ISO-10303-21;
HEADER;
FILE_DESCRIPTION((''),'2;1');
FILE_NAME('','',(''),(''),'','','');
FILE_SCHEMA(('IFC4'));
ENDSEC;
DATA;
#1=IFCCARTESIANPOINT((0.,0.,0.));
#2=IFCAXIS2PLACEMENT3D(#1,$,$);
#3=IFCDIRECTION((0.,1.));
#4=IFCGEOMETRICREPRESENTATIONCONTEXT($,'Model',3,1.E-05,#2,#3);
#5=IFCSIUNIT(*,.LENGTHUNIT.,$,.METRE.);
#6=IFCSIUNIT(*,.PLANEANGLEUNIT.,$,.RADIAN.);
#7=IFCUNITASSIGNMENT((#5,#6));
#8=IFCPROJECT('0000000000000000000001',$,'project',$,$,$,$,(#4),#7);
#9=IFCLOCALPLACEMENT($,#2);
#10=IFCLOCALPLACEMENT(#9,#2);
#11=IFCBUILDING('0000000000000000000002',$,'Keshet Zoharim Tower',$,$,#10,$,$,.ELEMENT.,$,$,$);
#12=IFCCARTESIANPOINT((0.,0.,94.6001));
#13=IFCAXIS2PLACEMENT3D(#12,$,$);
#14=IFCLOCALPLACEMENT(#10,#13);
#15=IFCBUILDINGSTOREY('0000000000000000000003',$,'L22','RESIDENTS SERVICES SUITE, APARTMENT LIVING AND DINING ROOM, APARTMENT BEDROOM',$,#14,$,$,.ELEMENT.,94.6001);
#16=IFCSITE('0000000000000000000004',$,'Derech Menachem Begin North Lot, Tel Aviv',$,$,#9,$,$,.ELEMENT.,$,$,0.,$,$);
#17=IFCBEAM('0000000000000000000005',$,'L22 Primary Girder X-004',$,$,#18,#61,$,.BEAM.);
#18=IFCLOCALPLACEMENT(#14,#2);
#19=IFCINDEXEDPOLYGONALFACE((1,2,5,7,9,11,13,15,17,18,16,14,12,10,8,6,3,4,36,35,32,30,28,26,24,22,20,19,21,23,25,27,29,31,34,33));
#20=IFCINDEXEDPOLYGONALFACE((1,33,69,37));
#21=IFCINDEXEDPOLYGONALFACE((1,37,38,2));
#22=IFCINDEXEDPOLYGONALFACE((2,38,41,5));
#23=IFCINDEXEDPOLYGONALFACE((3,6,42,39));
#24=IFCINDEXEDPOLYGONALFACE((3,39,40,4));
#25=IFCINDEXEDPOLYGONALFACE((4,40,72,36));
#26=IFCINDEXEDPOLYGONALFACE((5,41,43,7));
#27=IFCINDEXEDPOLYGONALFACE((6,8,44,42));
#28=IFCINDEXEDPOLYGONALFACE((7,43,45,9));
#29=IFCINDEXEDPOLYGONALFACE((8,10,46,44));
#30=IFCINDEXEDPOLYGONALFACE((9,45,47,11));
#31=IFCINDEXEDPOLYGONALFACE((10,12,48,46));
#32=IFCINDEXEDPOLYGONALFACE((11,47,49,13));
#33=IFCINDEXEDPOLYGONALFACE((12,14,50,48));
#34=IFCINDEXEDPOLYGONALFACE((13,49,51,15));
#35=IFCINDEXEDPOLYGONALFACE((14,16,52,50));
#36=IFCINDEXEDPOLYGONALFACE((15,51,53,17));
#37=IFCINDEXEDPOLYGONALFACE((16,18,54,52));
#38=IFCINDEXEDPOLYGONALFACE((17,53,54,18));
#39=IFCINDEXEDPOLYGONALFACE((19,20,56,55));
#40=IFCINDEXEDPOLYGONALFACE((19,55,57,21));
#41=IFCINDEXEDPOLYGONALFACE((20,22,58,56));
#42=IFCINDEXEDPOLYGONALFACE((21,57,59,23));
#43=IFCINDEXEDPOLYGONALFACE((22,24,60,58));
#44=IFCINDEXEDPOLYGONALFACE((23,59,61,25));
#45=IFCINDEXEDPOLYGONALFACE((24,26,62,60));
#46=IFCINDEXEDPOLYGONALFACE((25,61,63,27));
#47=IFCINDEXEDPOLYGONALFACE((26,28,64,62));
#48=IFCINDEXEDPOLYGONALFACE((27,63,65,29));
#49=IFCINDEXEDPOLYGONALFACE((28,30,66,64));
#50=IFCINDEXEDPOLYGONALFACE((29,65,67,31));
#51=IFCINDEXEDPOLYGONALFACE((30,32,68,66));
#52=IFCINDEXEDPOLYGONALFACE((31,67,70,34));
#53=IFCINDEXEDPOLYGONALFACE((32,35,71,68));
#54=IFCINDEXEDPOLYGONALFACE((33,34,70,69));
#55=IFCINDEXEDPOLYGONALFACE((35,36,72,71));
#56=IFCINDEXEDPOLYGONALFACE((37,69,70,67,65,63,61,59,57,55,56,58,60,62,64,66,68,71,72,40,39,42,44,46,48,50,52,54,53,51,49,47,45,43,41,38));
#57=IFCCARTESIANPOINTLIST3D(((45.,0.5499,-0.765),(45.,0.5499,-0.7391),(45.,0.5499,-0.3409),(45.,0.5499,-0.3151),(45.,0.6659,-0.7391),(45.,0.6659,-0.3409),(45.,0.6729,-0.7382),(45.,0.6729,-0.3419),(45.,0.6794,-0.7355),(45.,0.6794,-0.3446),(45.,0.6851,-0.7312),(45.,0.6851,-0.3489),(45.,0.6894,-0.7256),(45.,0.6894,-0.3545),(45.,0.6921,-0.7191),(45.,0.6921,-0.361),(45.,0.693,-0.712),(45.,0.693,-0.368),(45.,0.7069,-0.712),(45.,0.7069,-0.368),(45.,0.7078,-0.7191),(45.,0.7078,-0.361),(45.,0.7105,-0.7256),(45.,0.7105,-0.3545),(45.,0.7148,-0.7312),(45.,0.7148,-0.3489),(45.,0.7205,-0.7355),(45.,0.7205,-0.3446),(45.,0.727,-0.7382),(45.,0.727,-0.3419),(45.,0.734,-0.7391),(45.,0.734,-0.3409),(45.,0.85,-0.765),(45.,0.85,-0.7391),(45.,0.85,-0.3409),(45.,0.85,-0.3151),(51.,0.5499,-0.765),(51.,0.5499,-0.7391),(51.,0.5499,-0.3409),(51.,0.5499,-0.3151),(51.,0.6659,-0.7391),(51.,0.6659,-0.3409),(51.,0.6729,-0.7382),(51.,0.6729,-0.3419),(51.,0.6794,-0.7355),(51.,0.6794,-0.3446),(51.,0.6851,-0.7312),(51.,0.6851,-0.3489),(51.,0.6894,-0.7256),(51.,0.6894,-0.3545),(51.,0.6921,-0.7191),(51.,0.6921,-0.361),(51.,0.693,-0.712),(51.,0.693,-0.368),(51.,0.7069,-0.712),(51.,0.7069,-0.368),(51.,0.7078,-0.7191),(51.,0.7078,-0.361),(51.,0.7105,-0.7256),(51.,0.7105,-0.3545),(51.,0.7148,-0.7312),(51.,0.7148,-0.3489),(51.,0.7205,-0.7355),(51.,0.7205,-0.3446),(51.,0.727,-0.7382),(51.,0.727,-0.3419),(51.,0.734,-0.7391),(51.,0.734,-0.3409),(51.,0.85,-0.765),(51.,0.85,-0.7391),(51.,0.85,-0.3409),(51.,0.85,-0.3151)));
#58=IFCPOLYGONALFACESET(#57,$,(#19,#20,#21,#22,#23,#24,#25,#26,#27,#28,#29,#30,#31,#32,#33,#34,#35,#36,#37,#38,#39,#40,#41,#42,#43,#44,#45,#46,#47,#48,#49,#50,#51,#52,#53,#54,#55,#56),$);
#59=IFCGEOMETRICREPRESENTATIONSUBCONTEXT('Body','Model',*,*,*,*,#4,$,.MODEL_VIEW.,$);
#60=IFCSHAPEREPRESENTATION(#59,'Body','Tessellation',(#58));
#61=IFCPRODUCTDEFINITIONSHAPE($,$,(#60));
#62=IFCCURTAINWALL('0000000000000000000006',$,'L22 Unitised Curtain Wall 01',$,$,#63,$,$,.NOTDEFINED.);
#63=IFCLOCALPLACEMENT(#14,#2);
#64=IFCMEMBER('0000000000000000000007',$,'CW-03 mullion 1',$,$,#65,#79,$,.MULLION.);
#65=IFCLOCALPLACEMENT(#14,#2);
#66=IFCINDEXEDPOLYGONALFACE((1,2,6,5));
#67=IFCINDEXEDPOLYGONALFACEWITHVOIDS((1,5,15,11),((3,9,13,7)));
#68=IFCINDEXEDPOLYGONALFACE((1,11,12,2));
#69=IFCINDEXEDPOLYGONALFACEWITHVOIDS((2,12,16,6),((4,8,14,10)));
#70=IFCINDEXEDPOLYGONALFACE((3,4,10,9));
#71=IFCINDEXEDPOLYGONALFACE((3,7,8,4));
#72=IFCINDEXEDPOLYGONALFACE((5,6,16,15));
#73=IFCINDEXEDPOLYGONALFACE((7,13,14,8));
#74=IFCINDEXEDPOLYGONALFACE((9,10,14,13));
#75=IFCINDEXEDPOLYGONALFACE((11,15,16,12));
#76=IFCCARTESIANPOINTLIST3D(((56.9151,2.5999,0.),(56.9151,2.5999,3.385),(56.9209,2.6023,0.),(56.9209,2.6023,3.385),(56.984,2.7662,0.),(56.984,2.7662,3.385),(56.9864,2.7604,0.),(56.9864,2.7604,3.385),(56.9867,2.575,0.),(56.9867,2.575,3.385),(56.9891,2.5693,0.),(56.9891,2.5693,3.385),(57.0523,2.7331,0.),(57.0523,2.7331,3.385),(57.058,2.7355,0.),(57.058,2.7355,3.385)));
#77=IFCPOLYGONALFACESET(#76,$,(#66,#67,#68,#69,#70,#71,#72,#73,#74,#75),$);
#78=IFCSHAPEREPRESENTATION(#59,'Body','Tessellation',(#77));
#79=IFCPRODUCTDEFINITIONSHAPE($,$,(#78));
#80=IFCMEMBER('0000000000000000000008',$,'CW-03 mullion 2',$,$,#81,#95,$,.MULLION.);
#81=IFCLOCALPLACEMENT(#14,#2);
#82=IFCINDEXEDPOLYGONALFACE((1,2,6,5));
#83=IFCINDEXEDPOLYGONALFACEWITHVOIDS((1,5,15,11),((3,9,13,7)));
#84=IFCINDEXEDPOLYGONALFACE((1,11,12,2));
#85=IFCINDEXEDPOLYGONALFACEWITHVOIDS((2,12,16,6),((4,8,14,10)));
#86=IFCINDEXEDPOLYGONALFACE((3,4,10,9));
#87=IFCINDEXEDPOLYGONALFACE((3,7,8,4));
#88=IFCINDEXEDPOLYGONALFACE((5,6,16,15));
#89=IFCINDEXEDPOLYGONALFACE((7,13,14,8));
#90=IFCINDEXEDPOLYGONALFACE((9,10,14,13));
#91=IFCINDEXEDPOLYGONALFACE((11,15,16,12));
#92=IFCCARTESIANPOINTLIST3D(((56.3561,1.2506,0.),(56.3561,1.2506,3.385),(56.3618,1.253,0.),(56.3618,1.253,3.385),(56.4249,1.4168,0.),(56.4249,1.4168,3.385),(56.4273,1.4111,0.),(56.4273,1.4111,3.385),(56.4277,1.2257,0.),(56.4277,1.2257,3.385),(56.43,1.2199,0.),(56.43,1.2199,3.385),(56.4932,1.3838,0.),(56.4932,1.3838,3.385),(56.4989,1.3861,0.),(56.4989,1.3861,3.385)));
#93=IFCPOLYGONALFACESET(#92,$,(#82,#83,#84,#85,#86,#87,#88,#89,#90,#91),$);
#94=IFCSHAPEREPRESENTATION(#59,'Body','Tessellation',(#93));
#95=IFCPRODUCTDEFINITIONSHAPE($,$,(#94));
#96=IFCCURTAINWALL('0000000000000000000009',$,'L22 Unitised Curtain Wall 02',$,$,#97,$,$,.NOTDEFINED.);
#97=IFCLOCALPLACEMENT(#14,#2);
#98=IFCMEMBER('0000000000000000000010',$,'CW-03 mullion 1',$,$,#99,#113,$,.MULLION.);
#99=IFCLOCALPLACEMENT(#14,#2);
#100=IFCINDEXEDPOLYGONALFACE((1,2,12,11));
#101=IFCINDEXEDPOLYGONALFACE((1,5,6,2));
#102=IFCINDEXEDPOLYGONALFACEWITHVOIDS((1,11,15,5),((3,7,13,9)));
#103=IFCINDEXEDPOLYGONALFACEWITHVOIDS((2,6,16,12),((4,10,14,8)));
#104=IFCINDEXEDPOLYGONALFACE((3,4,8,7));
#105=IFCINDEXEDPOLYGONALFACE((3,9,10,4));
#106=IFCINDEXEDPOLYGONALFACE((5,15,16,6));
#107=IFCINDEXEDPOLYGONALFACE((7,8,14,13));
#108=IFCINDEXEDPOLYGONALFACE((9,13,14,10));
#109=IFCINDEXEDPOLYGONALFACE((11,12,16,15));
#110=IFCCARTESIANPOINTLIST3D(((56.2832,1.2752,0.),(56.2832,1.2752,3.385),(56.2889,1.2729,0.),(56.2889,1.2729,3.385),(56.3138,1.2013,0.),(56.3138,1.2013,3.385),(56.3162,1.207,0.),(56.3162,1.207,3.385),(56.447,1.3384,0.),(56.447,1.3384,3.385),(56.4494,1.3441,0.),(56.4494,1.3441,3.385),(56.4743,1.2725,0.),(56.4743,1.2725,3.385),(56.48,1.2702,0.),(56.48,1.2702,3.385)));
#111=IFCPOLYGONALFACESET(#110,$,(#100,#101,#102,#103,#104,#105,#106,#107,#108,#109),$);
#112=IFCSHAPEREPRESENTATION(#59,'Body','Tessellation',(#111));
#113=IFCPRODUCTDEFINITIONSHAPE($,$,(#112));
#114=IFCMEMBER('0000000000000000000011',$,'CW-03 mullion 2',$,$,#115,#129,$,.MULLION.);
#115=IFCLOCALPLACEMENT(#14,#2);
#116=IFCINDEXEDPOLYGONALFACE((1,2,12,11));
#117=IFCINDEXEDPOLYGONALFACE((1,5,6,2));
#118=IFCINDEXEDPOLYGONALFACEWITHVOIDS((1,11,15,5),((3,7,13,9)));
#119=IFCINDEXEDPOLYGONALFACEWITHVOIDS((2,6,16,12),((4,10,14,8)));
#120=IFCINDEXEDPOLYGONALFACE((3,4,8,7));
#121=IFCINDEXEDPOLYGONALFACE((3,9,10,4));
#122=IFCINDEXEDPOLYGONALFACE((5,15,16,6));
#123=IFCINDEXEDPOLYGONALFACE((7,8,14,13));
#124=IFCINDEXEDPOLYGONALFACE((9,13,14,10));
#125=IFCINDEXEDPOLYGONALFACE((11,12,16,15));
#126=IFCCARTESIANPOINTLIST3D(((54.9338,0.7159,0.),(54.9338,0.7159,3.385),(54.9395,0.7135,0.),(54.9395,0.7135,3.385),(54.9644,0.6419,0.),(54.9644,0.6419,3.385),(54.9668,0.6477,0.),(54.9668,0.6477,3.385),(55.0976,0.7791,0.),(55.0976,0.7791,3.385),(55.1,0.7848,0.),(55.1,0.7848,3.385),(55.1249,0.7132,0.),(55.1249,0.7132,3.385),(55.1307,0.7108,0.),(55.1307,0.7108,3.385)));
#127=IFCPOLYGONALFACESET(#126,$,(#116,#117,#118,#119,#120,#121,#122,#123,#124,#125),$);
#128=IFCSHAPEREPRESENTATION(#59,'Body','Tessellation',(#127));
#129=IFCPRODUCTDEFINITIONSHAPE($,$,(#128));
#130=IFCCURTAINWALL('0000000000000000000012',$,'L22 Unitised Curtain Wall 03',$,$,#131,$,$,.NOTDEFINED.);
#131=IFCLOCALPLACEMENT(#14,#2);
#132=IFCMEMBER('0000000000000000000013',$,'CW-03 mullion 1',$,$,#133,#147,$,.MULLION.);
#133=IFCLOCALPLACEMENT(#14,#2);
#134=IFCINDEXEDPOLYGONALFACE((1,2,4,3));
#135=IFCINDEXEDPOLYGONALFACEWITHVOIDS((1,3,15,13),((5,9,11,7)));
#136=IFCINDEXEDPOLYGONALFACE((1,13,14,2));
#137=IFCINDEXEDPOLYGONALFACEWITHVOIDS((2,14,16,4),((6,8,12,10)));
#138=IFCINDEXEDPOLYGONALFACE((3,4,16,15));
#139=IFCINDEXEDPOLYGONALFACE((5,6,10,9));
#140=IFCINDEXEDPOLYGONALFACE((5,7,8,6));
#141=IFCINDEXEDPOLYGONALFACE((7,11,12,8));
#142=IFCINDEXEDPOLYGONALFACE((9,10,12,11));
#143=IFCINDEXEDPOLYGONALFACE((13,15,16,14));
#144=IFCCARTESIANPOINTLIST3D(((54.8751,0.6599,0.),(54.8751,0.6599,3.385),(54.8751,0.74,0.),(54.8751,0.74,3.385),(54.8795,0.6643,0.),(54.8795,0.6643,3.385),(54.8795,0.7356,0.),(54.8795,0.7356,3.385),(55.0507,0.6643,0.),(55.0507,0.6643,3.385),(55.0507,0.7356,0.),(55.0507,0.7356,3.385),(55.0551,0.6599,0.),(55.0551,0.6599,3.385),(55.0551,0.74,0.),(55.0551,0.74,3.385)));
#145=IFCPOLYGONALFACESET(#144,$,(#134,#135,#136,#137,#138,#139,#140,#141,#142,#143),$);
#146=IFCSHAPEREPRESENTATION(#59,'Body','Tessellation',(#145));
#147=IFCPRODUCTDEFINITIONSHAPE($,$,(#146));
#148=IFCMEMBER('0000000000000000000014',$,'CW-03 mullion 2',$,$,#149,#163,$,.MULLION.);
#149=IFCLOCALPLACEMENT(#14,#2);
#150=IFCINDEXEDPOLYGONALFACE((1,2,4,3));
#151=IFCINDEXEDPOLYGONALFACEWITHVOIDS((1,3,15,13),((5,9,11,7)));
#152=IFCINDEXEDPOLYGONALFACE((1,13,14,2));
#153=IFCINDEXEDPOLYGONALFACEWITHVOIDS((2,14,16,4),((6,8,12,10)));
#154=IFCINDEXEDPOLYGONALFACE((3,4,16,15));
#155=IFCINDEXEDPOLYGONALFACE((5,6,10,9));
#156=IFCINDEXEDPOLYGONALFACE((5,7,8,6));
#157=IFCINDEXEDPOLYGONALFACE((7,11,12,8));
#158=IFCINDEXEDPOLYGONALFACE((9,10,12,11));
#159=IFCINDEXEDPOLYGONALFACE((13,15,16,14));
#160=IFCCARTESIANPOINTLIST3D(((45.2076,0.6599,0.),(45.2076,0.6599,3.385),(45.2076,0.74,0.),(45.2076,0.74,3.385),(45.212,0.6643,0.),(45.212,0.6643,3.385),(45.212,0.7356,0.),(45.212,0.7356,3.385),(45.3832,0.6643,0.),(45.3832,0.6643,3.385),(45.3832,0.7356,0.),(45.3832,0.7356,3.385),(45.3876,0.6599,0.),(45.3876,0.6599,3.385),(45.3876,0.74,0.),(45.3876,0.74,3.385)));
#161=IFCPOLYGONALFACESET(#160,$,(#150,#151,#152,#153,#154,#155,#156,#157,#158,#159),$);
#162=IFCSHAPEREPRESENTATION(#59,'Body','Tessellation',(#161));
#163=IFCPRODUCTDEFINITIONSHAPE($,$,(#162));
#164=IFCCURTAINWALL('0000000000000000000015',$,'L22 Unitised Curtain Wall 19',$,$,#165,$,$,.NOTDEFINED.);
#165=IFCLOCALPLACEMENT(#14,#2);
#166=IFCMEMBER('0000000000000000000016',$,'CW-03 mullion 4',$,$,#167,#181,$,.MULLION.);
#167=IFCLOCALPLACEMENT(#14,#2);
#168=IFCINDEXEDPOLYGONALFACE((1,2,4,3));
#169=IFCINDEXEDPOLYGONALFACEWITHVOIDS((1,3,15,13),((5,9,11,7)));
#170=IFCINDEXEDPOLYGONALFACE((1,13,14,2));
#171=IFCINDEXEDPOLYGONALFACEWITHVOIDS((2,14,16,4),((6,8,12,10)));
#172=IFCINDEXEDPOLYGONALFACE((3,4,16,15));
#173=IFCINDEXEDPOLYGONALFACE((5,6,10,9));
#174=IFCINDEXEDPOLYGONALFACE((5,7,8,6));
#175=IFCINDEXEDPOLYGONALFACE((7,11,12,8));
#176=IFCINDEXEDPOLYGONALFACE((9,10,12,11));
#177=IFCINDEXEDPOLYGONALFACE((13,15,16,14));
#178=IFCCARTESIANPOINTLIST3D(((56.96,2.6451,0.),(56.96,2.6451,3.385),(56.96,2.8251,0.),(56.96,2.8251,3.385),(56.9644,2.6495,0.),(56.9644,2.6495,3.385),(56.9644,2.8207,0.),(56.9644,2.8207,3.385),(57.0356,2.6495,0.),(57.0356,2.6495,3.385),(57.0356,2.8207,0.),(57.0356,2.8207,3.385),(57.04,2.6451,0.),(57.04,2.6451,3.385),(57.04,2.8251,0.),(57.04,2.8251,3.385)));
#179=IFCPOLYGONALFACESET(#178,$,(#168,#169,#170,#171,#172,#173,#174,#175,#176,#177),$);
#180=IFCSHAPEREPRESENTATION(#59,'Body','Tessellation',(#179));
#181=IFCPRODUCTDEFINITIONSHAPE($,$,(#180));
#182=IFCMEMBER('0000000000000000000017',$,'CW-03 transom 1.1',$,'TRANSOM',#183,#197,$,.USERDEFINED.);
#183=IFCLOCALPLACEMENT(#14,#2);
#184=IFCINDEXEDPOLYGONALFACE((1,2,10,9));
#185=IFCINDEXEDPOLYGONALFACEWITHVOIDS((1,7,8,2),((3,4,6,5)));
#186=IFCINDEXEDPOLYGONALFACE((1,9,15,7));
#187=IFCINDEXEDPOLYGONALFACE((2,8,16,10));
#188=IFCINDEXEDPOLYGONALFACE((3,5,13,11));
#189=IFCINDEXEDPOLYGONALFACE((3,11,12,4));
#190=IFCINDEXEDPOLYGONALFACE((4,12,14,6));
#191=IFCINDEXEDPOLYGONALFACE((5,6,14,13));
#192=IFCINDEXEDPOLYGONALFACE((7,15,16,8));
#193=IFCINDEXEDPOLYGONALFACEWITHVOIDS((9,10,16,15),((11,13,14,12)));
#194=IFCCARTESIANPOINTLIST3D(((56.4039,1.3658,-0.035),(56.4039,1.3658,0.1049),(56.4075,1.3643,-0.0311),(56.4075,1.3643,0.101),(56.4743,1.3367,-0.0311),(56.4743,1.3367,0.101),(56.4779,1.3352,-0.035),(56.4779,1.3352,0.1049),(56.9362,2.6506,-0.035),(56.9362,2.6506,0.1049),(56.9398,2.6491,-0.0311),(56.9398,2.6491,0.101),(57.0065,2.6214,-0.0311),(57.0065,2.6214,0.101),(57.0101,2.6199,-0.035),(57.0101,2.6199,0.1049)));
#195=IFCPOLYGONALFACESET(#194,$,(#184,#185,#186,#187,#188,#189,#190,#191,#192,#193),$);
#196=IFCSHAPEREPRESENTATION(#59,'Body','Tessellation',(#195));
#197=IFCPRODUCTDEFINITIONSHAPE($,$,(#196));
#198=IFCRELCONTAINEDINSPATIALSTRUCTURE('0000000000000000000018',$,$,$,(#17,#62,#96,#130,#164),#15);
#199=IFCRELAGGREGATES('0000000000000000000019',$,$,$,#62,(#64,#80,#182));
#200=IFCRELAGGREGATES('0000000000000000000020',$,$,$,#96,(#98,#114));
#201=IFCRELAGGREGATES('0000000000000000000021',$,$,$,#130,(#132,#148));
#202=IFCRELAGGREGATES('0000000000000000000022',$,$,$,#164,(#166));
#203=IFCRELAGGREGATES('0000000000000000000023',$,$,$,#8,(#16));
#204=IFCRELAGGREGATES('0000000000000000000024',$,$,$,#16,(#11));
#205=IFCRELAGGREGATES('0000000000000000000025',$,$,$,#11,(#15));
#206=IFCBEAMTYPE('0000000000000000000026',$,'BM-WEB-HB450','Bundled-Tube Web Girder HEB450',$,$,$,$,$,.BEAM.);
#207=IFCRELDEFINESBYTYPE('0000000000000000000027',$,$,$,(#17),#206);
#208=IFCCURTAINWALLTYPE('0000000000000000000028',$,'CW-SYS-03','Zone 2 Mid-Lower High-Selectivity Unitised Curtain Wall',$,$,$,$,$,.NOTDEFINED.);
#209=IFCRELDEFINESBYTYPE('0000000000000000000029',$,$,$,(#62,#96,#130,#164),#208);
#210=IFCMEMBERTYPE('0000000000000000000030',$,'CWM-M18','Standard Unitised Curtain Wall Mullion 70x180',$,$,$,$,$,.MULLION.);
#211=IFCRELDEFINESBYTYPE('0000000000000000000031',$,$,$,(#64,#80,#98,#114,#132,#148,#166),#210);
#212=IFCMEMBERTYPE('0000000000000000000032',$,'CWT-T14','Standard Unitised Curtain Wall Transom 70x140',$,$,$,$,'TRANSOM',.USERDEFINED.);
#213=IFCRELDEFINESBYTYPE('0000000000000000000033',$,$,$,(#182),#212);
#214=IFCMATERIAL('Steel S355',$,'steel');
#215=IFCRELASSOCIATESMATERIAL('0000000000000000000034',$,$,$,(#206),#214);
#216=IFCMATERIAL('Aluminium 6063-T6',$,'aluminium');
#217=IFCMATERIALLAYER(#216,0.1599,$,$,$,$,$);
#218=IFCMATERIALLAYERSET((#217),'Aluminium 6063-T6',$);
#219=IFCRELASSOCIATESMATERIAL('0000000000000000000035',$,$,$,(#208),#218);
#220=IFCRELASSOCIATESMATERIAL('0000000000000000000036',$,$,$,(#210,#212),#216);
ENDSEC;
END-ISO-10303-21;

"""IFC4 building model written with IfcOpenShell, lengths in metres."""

from ifc_helpers import new_model, si_unit, direction, frame, origin, origin_2d, place, context, subcontext, project, spatial, hollow_rectangle, i_section, extrude, material, layer, layer_set, material_profile, profile_set, type_object, element, aggregate, save


model = new_model("IFC4")

# Units and contexts
model_context = context("Model", 3, precision=1e-05, world=origin(), true_north=direction((0.0, 1.0)))
body_context = subcontext(model_context, "Body", "Model", "MODEL_VIEW")
ifc_project = project(units=[si_unit("LENGTHUNIT", "METRE"), si_unit("PLANEANGLEUNIT", "RADIAN")], contexts=[model_context])

# Site, building, storey
site_placement = place(None, origin())
site = spatial("IfcSite", under=ifc_project, at=site_placement, Name="Derech Menachem Begin North Lot, Tel Aviv", CompositionType="ELEMENT", RefElevation=0.0)
building_placement = place(site_placement, origin())
building = spatial("IfcBuilding", under=site, at=building_placement, Name="Keshet Zoharim Tower", CompositionType="ELEMENT")
storey_placement = place(building_placement, frame((0.0, 0.0, 94.6001)))
storey = spatial("IfcBuildingStorey", under=building, at=storey_placement, Name="L22", Description="RESIDENTS SERVICES SUITE, APARTMENT LIVING AND DINING ROOM, APARTMENT BEDROOM", CompositionType="ELEMENT", Elevation=94.6001)

# Shared definitions
ifc_material_1 = material(Name="Steel S355", Category="steel")

# Beam
ifc_material_profile_1 = material_profile(ifc_material_1, i_section(OverallWidth=0.3, OverallDepth=0.45, WebThickness=0.0139, FlangeThickness=0.0259, FilletRadius=0.0271, at=origin_2d()), Name="HEB450")
ifc_profile_set_1 = profile_set([ifc_material_profile_1], Name="Steel S355")
beam_type_1 = type_object("IfcBeamType", Name="BM-WEB-HB450", Description="Bundled-Tube Web Girder HEB450", PredefinedType="BEAM", material=ifc_profile_set_1)
beam_1_placement = place(storey_placement, frame((45.0, 0.7, -0.54), z_axis=(1.0, 0.0, 0.0), x_axis=(0.0, 1.0, 0.0)))
element("IfcBeam", 1, at=beam_1_placement, inside=storey, type_object=beam_type_1, Name="L22 Primary Girder X-004", PredefinedType="BEAM", context=body_context, shape_type="SweptSolid", body=[
    extrude(i_section(OverallWidth=0.3, OverallDepth=0.45, WebThickness=0.0139, FlangeThickness=0.0259, FilletRadius=0.0271, at=origin_2d()), origin(), (0.0, 0.0, 1.0), 6.0),
])

# Curtain walls, members
ifc_material_2 = material(Name="Aluminium 6063-T6", Category="aluminium")
ifc_layer_1 = layer(ifc_material_2, 0.1599)
ifc_layer_set_1 = layer_set([ifc_layer_1], Name="Aluminium 6063-T6")
curtain_wall_type = type_object("IfcCurtainWallType", Name="CW-SYS-03", Description="Zone 2 Mid-Lower High-Selectivity Unitised Curtain Wall", PredefinedType="NOTDEFINED", material=ifc_layer_set_1)
curtain_wall_1_placement = place(storey_placement, origin())
curtain_wall_1 = element("IfcCurtainWall", 2, at=curtain_wall_1_placement, inside=storey, type_object=curtain_wall_type, Name="L22 Unitised Curtain Wall 01", PredefinedType="NOTDEFINED")
ifc_material_profile_2 = material_profile(ifc_material_2, hollow_rectangle(XDim=0.0801, YDim=0.1799, WallThickness=0.0044, at=origin_2d()), Name="MUL-80x180")
ifc_profile_set_2 = profile_set([ifc_material_profile_2], Name="Aluminium 6063-T6")
member_type_1 = type_object("IfcMemberType", Name="CWM-M18", Description="Standard Unitised Curtain Wall Mullion 70x180", PredefinedType="MULLION", material=ifc_profile_set_2)
member_1_placement = place(storey_placement, frame((56.9866, 2.6677, 0.0), z_axis=(0.0, 0.0, 1.0), x_axis=(0.92381, -0.382852, 0.0)))
member_1 = element("IfcMember", 3, at=member_1_placement, type_object=member_type_1, Name="CW-03 mullion 1", PredefinedType="MULLION", context=body_context, shape_type="SweptSolid", body=[
    extrude(hollow_rectangle(XDim=0.0801, YDim=0.1799, WallThickness=0.0044, at=origin_2d()), origin(), (0.0, 0.0, 1.0), 3.385),
])
member_2_placement = place(storey_placement, frame((56.4275, 1.3184, 0.0), z_axis=(0.0, 0.0, 1.0), x_axis=(0.92381, -0.382852, 0.0)))
member_2 = element("IfcMember", 4, at=member_2_placement, type_object=member_type_1, Name="CW-03 mullion 2", PredefinedType="MULLION", context=body_context, shape_type="SweptSolid", body=[
    extrude(hollow_rectangle(XDim=0.0801, YDim=0.1799, WallThickness=0.0044, at=origin_2d()), origin(), (0.0, 0.0, 1.0), 3.385),
])
curtain_wall_2_placement = place(storey_placement, origin())
curtain_wall_2 = element("IfcCurtainWall", 5, at=curtain_wall_2_placement, inside=storey, type_object=curtain_wall_type, Name="L22 Unitised Curtain Wall 02", PredefinedType="NOTDEFINED")
member_3_placement = place(storey_placement, frame((56.3816, 1.2727, 0.0), z_axis=(0.0, 0.0, 1.0), x_axis=(0.382852, -0.92381, 0.0)))
member_3 = element("IfcMember", 6, at=member_3_placement, type_object=member_type_1, Name="CW-03 mullion 1", PredefinedType="MULLION", context=body_context, shape_type="SweptSolid", body=[
    extrude(hollow_rectangle(XDim=0.0801, YDim=0.1799, WallThickness=0.0044, at=origin_2d()), origin(), (0.0, 0.0, 1.0), 3.385),
])
member_4_placement = place(storey_placement, frame((55.0322, 0.7134, 0.0), z_axis=(0.0, 0.0, 1.0), x_axis=(0.382852, -0.92381, 0.0)))
member_4 = element("IfcMember", 7, at=member_4_placement, type_object=member_type_1, Name="CW-03 mullion 2", PredefinedType="MULLION", context=body_context, shape_type="SweptSolid", body=[
    extrude(hollow_rectangle(XDim=0.0801, YDim=0.1799, WallThickness=0.0044, at=origin_2d()), origin(), (0.0, 0.0, 1.0), 3.385),
])
curtain_wall_3_placement = place(storey_placement, origin())
curtain_wall_3 = element("IfcCurtainWall", 8, at=curtain_wall_3_placement, inside=storey, type_object=curtain_wall_type, Name="L22 Unitised Curtain Wall 03", PredefinedType="NOTDEFINED")
member_5_placement = place(storey_placement, frame((54.9651, 0.7, 0.0), z_axis=(0.0, 0.0, 1.0), x_axis=(0.0, -1.0, 0.0)))
member_5 = element("IfcMember", 9, at=member_5_placement, type_object=member_type_1, Name="CW-03 mullion 1", PredefinedType="MULLION", context=body_context, shape_type="SweptSolid", body=[
    extrude(hollow_rectangle(XDim=0.0801, YDim=0.1799, WallThickness=0.0044, at=origin_2d()), origin(), (0.0, 0.0, 1.0), 3.385),
])
member_6_placement = place(storey_placement, frame((45.2976, 0.7, 0.0), z_axis=(0.0, 0.0, 1.0), x_axis=(0.0, -1.0, 0.0)))
member_6 = element("IfcMember", 10, at=member_6_placement, type_object=member_type_1, Name="CW-03 mullion 2", PredefinedType="MULLION", context=body_context, shape_type="SweptSolid", body=[
    extrude(hollow_rectangle(XDim=0.0801, YDim=0.1799, WallThickness=0.0044, at=origin_2d()), origin(), (0.0, 0.0, 1.0), 3.385),
])

# Curtain wall, member
curtain_wall_4_placement = place(storey_placement, origin())
curtain_wall_4 = element("IfcCurtainWall", 11, at=curtain_wall_4_placement, inside=storey, type_object=curtain_wall_type, Name="L22 Unitised Curtain Wall 19", PredefinedType="NOTDEFINED")
member_7_placement = place(storey_placement, frame((57.0, 2.7351, 0.0), z_axis=(0.0, 0.0, 1.0), x_axis=(1.0, 0.0, 0.0)))
member_7 = element("IfcMember", 12, at=member_7_placement, type_object=member_type_1, Name="CW-03 mullion 4", PredefinedType="MULLION", context=body_context, shape_type="SweptSolid", body=[
    extrude(hollow_rectangle(XDim=0.0801, YDim=0.1799, WallThickness=0.0044, at=origin_2d()), origin(), (0.0, 0.0, 1.0), 3.385),
])

# Member
ifc_material_profile_3 = material_profile(ifc_material_2, hollow_rectangle(XDim=0.0801, YDim=0.1399, WallThickness=0.0039, at=origin_2d()), Name="TRN-80x140")
ifc_profile_set_3 = profile_set([ifc_material_profile_3], Name="Aluminium 6063-T6")
member_type_2 = type_object("IfcMemberType", Name="CWT-T14", Description="Standard Unitised Curtain Wall Transom 70x140", ElementType="TRANSOM", PredefinedType="USERDEFINED", material=ifc_profile_set_3)
member_8_placement = place(storey_placement, frame((56.9731, 2.6353, 0.0349), z_axis=(-0.382745, -0.923854, 0.0), x_axis=(0.923854, -0.382745, 0.0)))
member_8 = element("IfcMember", 13, at=member_8_placement, type_object=member_type_2, Name="CW-03 transom 1.1", ObjectType="TRANSOM", PredefinedType="USERDEFINED", context=body_context, shape_type="SweptSolid", body=[
    extrude(hollow_rectangle(XDim=0.0801, YDim=0.1399, WallThickness=0.0039, at=origin_2d()), origin(), (0.0, 0.0, 1.0), 1.3906),
])

aggregate(curtain_wall_1, [member_1, member_2, member_8])
aggregate(curtain_wall_2, [member_3, member_4])
aggregate(curtain_wall_3, [member_5, member_6])
aggregate(curtain_wall_4, [member_7])

save(model, "model.ifc")
